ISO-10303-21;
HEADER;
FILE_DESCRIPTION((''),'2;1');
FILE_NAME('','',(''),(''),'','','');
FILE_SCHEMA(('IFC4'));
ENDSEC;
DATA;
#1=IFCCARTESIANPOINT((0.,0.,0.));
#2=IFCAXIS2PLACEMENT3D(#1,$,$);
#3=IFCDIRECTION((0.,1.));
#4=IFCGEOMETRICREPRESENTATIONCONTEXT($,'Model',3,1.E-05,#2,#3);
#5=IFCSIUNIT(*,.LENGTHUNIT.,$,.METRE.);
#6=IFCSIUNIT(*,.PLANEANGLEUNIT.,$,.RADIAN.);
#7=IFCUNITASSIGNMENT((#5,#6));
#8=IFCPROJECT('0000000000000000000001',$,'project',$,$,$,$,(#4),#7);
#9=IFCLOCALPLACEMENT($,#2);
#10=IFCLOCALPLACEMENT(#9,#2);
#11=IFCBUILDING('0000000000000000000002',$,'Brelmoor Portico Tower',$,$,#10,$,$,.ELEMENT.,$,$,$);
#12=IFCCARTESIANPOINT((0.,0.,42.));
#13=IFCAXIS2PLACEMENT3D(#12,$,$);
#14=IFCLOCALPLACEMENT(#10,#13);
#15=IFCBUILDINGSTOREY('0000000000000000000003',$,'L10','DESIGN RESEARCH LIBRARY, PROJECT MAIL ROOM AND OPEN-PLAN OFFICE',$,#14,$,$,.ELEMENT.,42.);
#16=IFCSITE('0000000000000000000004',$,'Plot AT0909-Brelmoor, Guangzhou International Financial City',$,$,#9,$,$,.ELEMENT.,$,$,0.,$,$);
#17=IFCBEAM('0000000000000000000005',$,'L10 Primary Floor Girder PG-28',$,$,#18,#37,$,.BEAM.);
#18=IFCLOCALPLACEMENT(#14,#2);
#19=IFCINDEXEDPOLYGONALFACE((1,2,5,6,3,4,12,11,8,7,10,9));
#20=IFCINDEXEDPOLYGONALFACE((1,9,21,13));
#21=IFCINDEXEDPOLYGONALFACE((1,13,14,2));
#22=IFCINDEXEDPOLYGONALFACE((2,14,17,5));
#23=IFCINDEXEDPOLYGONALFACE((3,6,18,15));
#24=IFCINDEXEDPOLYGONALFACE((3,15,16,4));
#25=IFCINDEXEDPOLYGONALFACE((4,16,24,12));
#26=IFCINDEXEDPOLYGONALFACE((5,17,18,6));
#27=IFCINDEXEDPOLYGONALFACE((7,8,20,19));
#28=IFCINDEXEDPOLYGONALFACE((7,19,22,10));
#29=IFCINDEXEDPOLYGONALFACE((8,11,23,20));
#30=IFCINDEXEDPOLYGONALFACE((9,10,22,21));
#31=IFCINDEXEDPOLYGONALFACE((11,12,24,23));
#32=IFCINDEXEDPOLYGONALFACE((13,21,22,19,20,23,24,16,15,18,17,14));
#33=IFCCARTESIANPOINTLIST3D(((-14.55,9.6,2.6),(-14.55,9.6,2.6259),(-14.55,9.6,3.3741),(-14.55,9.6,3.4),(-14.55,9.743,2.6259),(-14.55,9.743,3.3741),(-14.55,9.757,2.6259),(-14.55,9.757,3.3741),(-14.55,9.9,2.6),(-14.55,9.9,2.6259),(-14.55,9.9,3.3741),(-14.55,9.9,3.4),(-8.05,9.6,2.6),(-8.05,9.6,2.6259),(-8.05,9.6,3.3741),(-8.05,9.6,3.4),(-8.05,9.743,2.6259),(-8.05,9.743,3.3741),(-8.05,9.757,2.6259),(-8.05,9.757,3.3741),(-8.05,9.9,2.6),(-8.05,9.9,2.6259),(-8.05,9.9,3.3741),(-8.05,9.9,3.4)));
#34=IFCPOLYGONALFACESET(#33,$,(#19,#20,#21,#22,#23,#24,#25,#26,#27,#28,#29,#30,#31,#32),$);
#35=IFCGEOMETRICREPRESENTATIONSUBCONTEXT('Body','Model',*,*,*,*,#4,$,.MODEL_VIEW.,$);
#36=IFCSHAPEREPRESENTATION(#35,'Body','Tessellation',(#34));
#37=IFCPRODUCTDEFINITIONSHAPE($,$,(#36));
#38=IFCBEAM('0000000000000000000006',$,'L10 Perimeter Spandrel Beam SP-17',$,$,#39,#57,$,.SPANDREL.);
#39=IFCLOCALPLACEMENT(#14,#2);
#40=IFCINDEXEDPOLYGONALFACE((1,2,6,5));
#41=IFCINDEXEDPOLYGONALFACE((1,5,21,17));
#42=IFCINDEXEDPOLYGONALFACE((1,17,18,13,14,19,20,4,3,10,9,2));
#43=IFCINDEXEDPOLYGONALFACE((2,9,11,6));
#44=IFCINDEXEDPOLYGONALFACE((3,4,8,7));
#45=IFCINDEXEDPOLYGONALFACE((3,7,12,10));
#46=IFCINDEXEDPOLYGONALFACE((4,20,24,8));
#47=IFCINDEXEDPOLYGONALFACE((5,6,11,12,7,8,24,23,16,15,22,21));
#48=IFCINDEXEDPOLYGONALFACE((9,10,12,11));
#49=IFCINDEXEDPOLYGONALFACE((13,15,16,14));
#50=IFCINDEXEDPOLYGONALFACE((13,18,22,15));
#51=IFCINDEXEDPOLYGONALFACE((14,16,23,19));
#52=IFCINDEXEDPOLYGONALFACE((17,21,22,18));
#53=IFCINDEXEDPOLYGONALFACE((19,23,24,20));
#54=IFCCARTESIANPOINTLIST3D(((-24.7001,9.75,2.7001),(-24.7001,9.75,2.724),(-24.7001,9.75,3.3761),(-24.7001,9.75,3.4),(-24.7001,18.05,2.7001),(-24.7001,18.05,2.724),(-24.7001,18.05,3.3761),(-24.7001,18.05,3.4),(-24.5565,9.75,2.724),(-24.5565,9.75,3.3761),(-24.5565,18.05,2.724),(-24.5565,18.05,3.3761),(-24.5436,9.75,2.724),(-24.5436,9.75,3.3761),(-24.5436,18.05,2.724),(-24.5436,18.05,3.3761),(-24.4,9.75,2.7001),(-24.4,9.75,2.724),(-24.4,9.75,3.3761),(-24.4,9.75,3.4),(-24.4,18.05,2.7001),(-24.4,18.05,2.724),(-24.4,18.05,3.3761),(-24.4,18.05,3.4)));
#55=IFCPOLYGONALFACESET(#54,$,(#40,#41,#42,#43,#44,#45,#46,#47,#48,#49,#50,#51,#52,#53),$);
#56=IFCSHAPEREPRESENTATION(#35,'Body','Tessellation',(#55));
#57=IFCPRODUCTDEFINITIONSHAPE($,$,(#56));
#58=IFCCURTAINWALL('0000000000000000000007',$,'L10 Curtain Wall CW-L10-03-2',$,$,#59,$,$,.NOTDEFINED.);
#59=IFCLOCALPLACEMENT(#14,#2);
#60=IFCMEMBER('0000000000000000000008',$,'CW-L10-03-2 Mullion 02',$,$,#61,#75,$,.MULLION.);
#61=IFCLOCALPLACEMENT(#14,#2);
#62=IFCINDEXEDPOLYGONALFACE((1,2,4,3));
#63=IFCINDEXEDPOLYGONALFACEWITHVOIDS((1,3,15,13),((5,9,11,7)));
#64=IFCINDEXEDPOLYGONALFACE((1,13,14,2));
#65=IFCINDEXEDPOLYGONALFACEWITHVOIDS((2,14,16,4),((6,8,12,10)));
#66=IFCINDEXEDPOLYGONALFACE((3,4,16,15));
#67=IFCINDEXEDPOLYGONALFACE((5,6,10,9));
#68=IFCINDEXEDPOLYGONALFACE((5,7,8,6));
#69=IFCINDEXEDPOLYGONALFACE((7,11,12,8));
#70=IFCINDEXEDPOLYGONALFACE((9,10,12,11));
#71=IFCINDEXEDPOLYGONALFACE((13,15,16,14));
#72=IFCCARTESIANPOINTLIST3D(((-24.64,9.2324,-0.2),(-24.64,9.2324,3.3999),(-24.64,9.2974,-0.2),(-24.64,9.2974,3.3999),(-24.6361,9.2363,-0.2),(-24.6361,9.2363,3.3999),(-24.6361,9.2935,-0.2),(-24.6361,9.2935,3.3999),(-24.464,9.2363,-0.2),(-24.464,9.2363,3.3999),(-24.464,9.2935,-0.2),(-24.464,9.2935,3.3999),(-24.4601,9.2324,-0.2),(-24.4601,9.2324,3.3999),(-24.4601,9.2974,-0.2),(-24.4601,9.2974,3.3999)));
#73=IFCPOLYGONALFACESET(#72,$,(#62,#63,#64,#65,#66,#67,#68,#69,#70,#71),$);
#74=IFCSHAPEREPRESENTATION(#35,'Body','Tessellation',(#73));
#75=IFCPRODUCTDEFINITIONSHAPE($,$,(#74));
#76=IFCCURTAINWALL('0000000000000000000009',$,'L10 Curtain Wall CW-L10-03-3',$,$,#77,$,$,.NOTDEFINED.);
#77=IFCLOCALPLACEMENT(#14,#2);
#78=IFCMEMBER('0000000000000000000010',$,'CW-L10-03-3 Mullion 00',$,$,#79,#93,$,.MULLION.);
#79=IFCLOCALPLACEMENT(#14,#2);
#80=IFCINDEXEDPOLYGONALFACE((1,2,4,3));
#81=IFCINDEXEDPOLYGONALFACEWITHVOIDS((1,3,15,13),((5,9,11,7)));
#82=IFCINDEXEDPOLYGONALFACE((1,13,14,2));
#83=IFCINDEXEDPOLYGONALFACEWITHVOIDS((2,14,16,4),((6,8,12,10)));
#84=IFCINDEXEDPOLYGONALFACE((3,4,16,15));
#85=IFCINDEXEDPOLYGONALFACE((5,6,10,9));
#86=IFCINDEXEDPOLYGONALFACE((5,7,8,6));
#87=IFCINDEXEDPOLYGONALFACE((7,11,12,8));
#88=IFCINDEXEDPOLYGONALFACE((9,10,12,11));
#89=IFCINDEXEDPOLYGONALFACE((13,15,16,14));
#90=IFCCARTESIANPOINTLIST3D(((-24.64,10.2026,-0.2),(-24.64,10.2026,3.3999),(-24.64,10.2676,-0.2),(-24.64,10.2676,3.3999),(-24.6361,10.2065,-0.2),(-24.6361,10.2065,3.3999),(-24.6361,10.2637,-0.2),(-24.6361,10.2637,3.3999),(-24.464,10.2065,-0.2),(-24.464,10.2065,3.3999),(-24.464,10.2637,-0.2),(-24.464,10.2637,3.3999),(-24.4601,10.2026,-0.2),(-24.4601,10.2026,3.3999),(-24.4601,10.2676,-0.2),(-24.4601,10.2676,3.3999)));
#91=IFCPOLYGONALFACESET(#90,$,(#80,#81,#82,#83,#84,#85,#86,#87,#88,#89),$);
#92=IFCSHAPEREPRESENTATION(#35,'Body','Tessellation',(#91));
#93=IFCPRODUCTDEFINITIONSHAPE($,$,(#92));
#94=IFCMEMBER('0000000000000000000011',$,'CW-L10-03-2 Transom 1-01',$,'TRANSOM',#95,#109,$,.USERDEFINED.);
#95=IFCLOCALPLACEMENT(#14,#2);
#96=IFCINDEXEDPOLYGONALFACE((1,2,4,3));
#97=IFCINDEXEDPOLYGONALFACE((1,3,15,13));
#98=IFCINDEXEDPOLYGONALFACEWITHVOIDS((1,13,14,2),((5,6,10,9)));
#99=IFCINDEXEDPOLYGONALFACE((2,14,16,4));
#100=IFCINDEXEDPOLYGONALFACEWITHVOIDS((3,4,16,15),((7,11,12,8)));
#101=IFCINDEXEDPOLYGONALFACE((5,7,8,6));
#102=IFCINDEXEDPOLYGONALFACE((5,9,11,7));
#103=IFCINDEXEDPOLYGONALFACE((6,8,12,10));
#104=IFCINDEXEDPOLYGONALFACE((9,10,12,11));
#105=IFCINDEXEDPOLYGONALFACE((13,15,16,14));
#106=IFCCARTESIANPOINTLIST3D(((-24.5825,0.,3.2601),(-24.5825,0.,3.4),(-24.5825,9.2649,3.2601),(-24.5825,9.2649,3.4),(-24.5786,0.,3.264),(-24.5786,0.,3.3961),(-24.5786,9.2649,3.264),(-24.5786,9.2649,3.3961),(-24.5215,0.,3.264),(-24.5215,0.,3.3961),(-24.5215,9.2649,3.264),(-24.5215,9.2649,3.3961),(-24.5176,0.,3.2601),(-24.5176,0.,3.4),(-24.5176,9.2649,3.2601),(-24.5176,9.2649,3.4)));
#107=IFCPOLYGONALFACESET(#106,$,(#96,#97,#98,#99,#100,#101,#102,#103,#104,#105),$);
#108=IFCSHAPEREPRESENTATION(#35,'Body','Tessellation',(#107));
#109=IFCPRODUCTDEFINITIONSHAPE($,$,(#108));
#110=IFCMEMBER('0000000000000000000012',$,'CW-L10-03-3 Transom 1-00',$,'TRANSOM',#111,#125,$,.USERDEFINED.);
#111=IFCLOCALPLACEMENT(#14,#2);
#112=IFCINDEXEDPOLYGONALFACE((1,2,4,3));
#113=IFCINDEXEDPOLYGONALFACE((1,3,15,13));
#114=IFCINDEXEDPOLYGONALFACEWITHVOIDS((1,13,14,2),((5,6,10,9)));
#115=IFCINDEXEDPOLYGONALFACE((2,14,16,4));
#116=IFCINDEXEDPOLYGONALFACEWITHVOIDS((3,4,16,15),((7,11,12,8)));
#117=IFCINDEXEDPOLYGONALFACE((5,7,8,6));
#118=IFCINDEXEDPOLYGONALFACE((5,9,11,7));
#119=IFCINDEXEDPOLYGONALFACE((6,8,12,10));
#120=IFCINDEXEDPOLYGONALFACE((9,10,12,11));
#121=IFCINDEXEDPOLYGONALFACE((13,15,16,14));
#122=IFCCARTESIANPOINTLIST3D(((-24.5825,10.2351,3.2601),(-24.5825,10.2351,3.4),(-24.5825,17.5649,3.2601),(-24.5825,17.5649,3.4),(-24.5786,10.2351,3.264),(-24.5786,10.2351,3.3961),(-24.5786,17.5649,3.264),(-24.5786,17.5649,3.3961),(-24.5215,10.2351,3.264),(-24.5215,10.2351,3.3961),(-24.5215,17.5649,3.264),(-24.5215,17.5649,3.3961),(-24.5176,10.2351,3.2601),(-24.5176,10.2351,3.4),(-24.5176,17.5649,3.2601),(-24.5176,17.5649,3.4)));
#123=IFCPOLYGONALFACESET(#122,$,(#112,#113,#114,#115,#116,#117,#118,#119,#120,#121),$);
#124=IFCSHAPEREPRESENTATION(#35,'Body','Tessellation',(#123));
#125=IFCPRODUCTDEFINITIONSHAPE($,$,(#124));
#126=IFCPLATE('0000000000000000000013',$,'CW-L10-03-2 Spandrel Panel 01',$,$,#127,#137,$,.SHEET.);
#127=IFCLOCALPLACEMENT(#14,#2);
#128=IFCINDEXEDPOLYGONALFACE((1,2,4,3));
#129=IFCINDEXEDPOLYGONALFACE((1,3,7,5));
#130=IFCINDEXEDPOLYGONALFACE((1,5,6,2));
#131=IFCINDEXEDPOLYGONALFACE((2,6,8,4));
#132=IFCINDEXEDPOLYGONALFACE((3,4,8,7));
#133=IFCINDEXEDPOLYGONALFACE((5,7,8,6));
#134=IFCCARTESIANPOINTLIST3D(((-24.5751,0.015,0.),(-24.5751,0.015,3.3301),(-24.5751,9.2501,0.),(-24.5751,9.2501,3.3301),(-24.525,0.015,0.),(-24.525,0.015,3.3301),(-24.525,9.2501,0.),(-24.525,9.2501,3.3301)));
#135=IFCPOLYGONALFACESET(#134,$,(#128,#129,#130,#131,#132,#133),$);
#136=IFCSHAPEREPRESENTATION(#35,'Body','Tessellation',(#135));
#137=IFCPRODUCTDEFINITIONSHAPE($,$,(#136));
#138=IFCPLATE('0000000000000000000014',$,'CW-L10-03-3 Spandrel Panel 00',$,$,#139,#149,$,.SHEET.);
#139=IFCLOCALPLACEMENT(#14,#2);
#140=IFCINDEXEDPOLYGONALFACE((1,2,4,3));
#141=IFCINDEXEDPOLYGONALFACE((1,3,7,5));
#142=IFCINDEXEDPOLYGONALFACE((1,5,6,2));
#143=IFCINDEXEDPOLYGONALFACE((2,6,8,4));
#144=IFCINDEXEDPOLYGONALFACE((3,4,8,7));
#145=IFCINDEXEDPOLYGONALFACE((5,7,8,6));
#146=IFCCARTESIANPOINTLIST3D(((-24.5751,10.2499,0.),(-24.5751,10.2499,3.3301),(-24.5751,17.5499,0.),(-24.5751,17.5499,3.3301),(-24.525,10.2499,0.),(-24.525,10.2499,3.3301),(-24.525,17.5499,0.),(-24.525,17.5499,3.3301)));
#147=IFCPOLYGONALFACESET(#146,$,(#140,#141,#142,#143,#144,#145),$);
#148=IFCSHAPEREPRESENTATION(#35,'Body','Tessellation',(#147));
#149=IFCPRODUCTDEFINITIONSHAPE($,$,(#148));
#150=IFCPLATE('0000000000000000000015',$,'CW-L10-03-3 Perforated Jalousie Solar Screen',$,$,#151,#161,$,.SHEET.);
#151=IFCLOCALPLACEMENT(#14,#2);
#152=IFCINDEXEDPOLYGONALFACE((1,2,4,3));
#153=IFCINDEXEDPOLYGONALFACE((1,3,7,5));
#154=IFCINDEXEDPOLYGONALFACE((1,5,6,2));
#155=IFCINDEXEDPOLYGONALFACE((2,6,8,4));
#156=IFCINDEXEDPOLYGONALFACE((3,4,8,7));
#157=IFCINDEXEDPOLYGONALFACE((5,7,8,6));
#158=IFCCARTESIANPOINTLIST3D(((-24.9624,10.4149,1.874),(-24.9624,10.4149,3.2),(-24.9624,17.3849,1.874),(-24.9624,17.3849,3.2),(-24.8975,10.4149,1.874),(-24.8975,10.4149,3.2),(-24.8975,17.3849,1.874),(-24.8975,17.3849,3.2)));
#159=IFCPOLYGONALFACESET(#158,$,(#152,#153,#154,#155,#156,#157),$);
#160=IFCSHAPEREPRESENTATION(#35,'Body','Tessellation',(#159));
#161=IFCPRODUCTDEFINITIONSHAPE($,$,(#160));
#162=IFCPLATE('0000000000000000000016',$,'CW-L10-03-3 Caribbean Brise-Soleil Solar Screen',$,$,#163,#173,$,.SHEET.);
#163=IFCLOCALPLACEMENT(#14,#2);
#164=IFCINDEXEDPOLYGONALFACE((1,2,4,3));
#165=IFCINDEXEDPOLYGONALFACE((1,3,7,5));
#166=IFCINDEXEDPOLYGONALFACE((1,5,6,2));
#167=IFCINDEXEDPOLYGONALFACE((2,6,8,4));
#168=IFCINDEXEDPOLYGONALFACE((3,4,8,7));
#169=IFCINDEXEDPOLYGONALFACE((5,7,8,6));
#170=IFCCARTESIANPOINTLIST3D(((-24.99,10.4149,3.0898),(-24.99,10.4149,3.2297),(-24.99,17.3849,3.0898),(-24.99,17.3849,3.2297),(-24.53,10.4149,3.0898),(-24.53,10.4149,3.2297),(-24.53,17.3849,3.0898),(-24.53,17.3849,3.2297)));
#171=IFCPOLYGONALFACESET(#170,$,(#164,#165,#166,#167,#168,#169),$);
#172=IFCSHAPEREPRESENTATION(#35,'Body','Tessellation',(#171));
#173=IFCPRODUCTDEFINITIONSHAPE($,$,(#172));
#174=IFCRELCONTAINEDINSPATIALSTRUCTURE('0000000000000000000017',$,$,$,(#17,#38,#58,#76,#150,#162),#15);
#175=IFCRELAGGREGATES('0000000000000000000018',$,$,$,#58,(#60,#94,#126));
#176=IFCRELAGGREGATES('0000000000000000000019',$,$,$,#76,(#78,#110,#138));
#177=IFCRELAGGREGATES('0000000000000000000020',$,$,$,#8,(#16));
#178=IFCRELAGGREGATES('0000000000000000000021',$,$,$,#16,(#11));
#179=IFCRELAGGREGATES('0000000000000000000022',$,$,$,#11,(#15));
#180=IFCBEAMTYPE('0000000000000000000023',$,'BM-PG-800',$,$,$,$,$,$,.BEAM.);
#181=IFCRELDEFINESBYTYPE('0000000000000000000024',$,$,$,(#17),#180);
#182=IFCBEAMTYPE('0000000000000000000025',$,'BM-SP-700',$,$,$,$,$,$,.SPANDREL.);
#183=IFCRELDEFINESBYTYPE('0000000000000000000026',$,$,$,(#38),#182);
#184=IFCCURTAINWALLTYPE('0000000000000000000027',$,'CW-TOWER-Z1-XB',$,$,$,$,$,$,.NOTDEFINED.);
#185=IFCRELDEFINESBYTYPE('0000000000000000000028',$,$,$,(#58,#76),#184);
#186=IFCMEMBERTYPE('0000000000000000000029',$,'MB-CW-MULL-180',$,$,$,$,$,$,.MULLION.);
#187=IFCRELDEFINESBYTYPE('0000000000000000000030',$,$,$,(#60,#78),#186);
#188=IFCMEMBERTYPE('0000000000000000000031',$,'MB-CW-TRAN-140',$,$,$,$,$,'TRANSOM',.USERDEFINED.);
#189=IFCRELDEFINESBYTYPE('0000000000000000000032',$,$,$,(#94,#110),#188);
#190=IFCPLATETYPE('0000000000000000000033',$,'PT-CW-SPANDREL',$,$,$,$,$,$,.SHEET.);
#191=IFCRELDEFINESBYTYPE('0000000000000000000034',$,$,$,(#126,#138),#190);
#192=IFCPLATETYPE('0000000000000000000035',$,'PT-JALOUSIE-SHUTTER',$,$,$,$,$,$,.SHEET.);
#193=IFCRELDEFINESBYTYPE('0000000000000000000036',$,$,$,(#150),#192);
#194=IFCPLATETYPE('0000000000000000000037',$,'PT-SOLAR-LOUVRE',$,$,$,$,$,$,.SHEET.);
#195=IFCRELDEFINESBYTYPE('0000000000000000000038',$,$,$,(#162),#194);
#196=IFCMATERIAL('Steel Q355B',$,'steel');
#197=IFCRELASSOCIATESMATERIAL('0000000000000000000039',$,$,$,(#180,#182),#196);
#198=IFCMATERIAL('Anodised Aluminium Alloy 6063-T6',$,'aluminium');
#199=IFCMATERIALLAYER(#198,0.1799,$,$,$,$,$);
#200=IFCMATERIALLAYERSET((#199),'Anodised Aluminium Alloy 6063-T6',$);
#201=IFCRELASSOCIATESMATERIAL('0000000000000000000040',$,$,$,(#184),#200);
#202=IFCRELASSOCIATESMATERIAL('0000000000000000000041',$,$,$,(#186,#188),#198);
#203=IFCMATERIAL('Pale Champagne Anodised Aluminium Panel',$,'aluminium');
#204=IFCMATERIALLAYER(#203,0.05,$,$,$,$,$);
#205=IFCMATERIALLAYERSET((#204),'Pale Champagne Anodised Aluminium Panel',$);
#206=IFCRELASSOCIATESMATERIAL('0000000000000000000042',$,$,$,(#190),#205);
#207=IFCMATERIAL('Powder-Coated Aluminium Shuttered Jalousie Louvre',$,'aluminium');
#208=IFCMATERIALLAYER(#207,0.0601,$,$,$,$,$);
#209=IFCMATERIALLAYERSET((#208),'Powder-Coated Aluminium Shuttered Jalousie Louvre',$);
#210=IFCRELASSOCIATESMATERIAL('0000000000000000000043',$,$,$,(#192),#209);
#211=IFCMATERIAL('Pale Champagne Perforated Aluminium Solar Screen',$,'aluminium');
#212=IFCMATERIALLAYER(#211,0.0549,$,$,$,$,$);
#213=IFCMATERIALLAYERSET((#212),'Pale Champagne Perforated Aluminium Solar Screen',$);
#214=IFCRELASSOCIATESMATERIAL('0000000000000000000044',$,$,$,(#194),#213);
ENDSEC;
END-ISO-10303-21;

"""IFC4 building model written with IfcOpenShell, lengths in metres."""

from ifc_helpers import new_model, si_unit, direction, frame, origin, origin_2d, place, context, subcontext, project, spatial, rectangle, hollow_rectangle, i_section, extrude, material, layer, layer_set, material_profile, profile_set, type_object, element, aggregate, save


model = new_model("IFC4")

# Units and contexts
model_context = context("Model", 3, precision=1e-05, world=origin(), true_north=direction((0.0, 1.0)))
body_context = subcontext(model_context, "Body", "Model", "MODEL_VIEW")
ifc_project = project(units=[si_unit("LENGTHUNIT", "METRE"), si_unit("PLANEANGLEUNIT", "RADIAN")], contexts=[model_context])

# Site, building, storey
site_placement = place(None, origin())
site = spatial("IfcSite", under=ifc_project, at=site_placement, Name="Plot AT0909-Brelmoor, Guangzhou International Financial City", CompositionType="ELEMENT", RefElevation=0.0)
building_placement = place(site_placement, origin())
building = spatial("IfcBuilding", under=site, at=building_placement, Name="Brelmoor Portico Tower", CompositionType="ELEMENT")
storey_placement = place(building_placement, frame((0.0, 0.0, 42.0)))
storey = spatial("IfcBuildingStorey", under=building, at=storey_placement, Name="L10", Description="DESIGN RESEARCH LIBRARY, PROJECT MAIL ROOM AND OPEN-PLAN OFFICE", CompositionType="ELEMENT", Elevation=42.0)

# Shared definitions
ifc_material_1 = material(Name="Steel Q355B", Category="steel")

# Beams
ifc_material_profile_1 = material_profile(ifc_material_1, i_section(OverallWidth=0.3, OverallDepth=0.8, WebThickness=0.0139, FlangeThickness=0.0259, at=origin_2d()), Name="HN 800x300x14x26")
ifc_profile_set_1 = profile_set([ifc_material_profile_1], Name="Steel Q355B")
beam_type_1 = type_object("IfcBeamType", Name="BM-PG-800", PredefinedType="BEAM", material=ifc_profile_set_1)
beam_1_placement = place(storey_placement, frame((-14.55, 9.75, 3.0), z_axis=(1.0, 0.0, 0.0), x_axis=(0.0, 1.0, 0.0)))
element("IfcBeam", 1, at=beam_1_placement, inside=storey, type_object=beam_type_1, Name="L10 Primary Floor Girder PG-28", PredefinedType="BEAM", context=body_context, shape_type="SweptSolid", body=[
    extrude(i_section(OverallWidth=0.3, OverallDepth=0.8, WebThickness=0.0139, FlangeThickness=0.0259, at=origin_2d()), origin(), (0.0, 0.0, 1.0), 6.5),
])
ifc_material_profile_2 = material_profile(ifc_material_1, i_section(OverallWidth=0.3, OverallDepth=0.7, WebThickness=0.0129, FlangeThickness=0.0239, at=origin_2d()), Name="HN 700x300x13x24")
ifc_profile_set_2 = profile_set([ifc_material_profile_2], Name="Steel Q355B")
beam_type_2 = type_object("IfcBeamType", Name="BM-SP-700", PredefinedType="SPANDREL", material=ifc_profile_set_2)
beam_2_placement = place(storey_placement, frame((-24.55, 9.75, 3.05), z_axis=(0.0, 1.0, 0.0), x_axis=(-1.0, 0.0, 0.0)))
element("IfcBeam", 2, at=beam_2_placement, inside=storey, type_object=beam_type_2, Name="L10 Perimeter Spandrel Beam SP-17", PredefinedType="SPANDREL", context=body_context, shape_type="SweptSolid", body=[
    extrude(i_section(OverallWidth=0.3, OverallDepth=0.7, WebThickness=0.0129, FlangeThickness=0.0239, at=origin_2d()), origin(), (0.0, 0.0, 1.0), 8.3),
])

# Curtain walls, members
ifc_material_2 = material(Name="Anodised Aluminium Alloy 6063-T6", Category="aluminium")
ifc_layer_1 = layer(ifc_material_2, 0.1799)
ifc_layer_set_1 = layer_set([ifc_layer_1], Name="Anodised Aluminium Alloy 6063-T6")
curtain_wall_type = type_object("IfcCurtainWallType", Name="CW-TOWER-Z1-XB", PredefinedType="NOTDEFINED", material=ifc_layer_set_1)
curtain_wall_1_placement = place(storey_placement, origin())
curtain_wall_1 = element("IfcCurtainWall", 3, at=curtain_wall_1_placement, inside=storey, type_object=curtain_wall_type, Name="L10 Curtain Wall CW-L10-03-2", PredefinedType="NOTDEFINED")
ifc_material_profile_3 = material_profile(ifc_material_2, hollow_rectangle(XDim=0.0649, YDim=0.1799, WallThickness=0.0039, at=origin_2d()), Name="ALU MULLION 65x180")
ifc_profile_set_3 = profile_set([ifc_material_profile_3], Name="Anodised Aluminium Alloy 6063-T6")
member_type_1 = type_object("IfcMemberType", Name="MB-CW-MULL-180", PredefinedType="MULLION", material=ifc_profile_set_3)
member_1_placement = place(storey_placement, frame((-24.55, 9.2649, -0.2), z_axis=(0.0, 0.0, 1.0), x_axis=(0.0, 1.0, 0.0)))
member_1 = element("IfcMember", 4, at=member_1_placement, type_object=member_type_1, Name="CW-L10-03-2 Mullion 02", PredefinedType="MULLION", context=body_context, shape_type="SweptSolid", body=[
    extrude(hollow_rectangle(XDim=0.0649, YDim=0.1799, WallThickness=0.0039, at=origin_2d()), origin(), (0.0, 0.0, 1.0), 3.5999),
])
curtain_wall_2_placement = place(storey_placement, origin())
curtain_wall_2 = element("IfcCurtainWall", 5, at=curtain_wall_2_placement, inside=storey, type_object=curtain_wall_type, Name="L10 Curtain Wall CW-L10-03-3", PredefinedType="NOTDEFINED")
member_2_placement = place(storey_placement, frame((-24.55, 10.2351, -0.2), z_axis=(0.0, 0.0, 1.0), x_axis=(0.0, 1.0, 0.0)))
member_2 = element("IfcMember", 6, at=member_2_placement, type_object=member_type_1, Name="CW-L10-03-3 Mullion 00", PredefinedType="MULLION", context=body_context, shape_type="SweptSolid", body=[
    extrude(hollow_rectangle(XDim=0.0649, YDim=0.1799, WallThickness=0.0039, at=origin_2d()), origin(), (0.0, 0.0, 1.0), 3.5999),
])

# Members
ifc_material_profile_4 = material_profile(ifc_material_2, hollow_rectangle(XDim=0.0649, YDim=0.1399, WallThickness=0.0039, at=origin_2d()), Name="ALU TRANSOM 65x140")
ifc_profile_set_4 = profile_set([ifc_material_profile_4], Name="Anodised Aluminium Alloy 6063-T6")
member_type_2 = type_object("IfcMemberType", Name="MB-CW-TRAN-140", ElementType="TRANSOM", PredefinedType="USERDEFINED", material=ifc_profile_set_4)
member_3_placement = place(storey_placement, frame((-24.55, 0.0, 3.3301), z_axis=(0.0, 1.0, 0.0), x_axis=(-1.0, 0.0, 0.0)))
member_3 = element("IfcMember", 7, at=member_3_placement, type_object=member_type_2, Name="CW-L10-03-2 Transom 1-01", ObjectType="TRANSOM", PredefinedType="USERDEFINED", context=body_context, shape_type="SweptSolid", body=[
    extrude(hollow_rectangle(XDim=0.0649, YDim=0.1399, WallThickness=0.0039, at=origin_2d()), origin(), (0.0, 0.0, 1.0), 9.2649),
])
member_4_placement = place(storey_placement, frame((-24.55, 10.2351, 3.3301), z_axis=(0.0, 1.0, 0.0), x_axis=(-1.0, 0.0, 0.0)))
member_4 = element("IfcMember", 8, at=member_4_placement, type_object=member_type_2, Name="CW-L10-03-3 Transom 1-00", ObjectType="TRANSOM", PredefinedType="USERDEFINED", context=body_context, shape_type="SweptSolid", body=[
    extrude(hollow_rectangle(XDim=0.0649, YDim=0.1399, WallThickness=0.0039, at=origin_2d()), origin(), (0.0, 0.0, 1.0), 7.3298),
])

# Plates
ifc_material_3 = material(Name="Pale Champagne Anodised Aluminium Panel", Category="aluminium")
ifc_layer_2 = layer(ifc_material_3, 0.05)
ifc_layer_set_2 = layer_set([ifc_layer_2], Name="Pale Champagne Anodised Aluminium Panel")
plate_type_1 = type_object("IfcPlateType", Name="PT-CW-SPANDREL", PredefinedType="SHEET", material=ifc_layer_set_2)
plate_1_placement = place(storey_placement, frame((-24.55, 4.6326, 0.0), z_axis=(0.0, 0.0, 1.0), x_axis=(0.0, 1.0, 0.0)))
plate_1 = element("IfcPlate", 9, at=plate_1_placement, type_object=plate_type_1, Name="CW-L10-03-2 Spandrel Panel 01", PredefinedType="SHEET", context=body_context, shape_type="SweptSolid", body=[
    extrude(rectangle(XDim=9.2351, YDim=0.05, at=origin_2d()), origin(), (0.0, 0.0, 1.0), 3.3301),
])
aggregate(curtain_wall_1, [member_1, member_3, plate_1])
plate_2_placement = place(storey_placement, frame((-24.55, 13.8999, 0.0), z_axis=(0.0, 0.0, 1.0), x_axis=(0.0, 1.0, 0.0)))
plate_2 = element("IfcPlate", 10, at=plate_2_placement, type_object=plate_type_1, Name="CW-L10-03-3 Spandrel Panel 00", PredefinedType="SHEET", context=body_context, shape_type="SweptSolid", body=[
    extrude(rectangle(XDim=7.3, YDim=0.05, at=origin_2d()), origin(), (0.0, 0.0, 1.0), 3.3301),
])
aggregate(curtain_wall_2, [member_2, member_4, plate_2])

# Plates
ifc_material_4 = material(Name="Powder-Coated Aluminium Shuttered Jalousie Louvre", Category="aluminium")
ifc_layer_3 = layer(ifc_material_4, 0.0601)
ifc_layer_set_3 = layer_set([ifc_layer_3], Name="Powder-Coated Aluminium Shuttered Jalousie Louvre")
plate_type_2 = type_object("IfcPlateType", Name="PT-JALOUSIE-SHUTTER", PredefinedType="SHEET", material=ifc_layer_set_3)
plate_3_placement = place(storey_placement, frame((-24.9299, 13.8999, 1.874), z_axis=(0.0, 0.0, 1.0), x_axis=(0.0, 1.0, 0.0)))
element("IfcPlate", 11, at=plate_3_placement, inside=storey, type_object=plate_type_2, Name="CW-L10-03-3 Perforated Jalousie Solar Screen", PredefinedType="SHEET", context=body_context, shape_type="SweptSolid", body=[
    extrude(rectangle(XDim=6.97, YDim=0.0649, at=origin_2d()), origin(), (0.0, 0.0, 1.0), 1.3259),
])
ifc_material_5 = material(Name="Pale Champagne Perforated Aluminium Solar Screen", Category="aluminium")
ifc_layer_4 = layer(ifc_material_5, 0.0549)
ifc_layer_set_4 = layer_set([ifc_layer_4], Name="Pale Champagne Perforated Aluminium Solar Screen")
plate_type_3 = type_object("IfcPlateType", Name="PT-SOLAR-LOUVRE", PredefinedType="SHEET", material=ifc_layer_set_4)
plate_4_placement = place(storey_placement, frame((-24.76, 13.8999, 3.0898), z_axis=(0.0, 0.0, 1.0), x_axis=(0.0, 1.0, 0.0)))
element("IfcPlate", 12, at=plate_4_placement, inside=storey, type_object=plate_type_3, Name="CW-L10-03-3 Caribbean Brise-Soleil Solar Screen", PredefinedType="SHEET", context=body_context, shape_type="SweptSolid", body=[
    extrude(rectangle(XDim=6.97, YDim=0.46, at=origin_2d()), origin(), (0.0, 0.0, 1.0), 0.1399),
])

save(model, "model.ifc")
